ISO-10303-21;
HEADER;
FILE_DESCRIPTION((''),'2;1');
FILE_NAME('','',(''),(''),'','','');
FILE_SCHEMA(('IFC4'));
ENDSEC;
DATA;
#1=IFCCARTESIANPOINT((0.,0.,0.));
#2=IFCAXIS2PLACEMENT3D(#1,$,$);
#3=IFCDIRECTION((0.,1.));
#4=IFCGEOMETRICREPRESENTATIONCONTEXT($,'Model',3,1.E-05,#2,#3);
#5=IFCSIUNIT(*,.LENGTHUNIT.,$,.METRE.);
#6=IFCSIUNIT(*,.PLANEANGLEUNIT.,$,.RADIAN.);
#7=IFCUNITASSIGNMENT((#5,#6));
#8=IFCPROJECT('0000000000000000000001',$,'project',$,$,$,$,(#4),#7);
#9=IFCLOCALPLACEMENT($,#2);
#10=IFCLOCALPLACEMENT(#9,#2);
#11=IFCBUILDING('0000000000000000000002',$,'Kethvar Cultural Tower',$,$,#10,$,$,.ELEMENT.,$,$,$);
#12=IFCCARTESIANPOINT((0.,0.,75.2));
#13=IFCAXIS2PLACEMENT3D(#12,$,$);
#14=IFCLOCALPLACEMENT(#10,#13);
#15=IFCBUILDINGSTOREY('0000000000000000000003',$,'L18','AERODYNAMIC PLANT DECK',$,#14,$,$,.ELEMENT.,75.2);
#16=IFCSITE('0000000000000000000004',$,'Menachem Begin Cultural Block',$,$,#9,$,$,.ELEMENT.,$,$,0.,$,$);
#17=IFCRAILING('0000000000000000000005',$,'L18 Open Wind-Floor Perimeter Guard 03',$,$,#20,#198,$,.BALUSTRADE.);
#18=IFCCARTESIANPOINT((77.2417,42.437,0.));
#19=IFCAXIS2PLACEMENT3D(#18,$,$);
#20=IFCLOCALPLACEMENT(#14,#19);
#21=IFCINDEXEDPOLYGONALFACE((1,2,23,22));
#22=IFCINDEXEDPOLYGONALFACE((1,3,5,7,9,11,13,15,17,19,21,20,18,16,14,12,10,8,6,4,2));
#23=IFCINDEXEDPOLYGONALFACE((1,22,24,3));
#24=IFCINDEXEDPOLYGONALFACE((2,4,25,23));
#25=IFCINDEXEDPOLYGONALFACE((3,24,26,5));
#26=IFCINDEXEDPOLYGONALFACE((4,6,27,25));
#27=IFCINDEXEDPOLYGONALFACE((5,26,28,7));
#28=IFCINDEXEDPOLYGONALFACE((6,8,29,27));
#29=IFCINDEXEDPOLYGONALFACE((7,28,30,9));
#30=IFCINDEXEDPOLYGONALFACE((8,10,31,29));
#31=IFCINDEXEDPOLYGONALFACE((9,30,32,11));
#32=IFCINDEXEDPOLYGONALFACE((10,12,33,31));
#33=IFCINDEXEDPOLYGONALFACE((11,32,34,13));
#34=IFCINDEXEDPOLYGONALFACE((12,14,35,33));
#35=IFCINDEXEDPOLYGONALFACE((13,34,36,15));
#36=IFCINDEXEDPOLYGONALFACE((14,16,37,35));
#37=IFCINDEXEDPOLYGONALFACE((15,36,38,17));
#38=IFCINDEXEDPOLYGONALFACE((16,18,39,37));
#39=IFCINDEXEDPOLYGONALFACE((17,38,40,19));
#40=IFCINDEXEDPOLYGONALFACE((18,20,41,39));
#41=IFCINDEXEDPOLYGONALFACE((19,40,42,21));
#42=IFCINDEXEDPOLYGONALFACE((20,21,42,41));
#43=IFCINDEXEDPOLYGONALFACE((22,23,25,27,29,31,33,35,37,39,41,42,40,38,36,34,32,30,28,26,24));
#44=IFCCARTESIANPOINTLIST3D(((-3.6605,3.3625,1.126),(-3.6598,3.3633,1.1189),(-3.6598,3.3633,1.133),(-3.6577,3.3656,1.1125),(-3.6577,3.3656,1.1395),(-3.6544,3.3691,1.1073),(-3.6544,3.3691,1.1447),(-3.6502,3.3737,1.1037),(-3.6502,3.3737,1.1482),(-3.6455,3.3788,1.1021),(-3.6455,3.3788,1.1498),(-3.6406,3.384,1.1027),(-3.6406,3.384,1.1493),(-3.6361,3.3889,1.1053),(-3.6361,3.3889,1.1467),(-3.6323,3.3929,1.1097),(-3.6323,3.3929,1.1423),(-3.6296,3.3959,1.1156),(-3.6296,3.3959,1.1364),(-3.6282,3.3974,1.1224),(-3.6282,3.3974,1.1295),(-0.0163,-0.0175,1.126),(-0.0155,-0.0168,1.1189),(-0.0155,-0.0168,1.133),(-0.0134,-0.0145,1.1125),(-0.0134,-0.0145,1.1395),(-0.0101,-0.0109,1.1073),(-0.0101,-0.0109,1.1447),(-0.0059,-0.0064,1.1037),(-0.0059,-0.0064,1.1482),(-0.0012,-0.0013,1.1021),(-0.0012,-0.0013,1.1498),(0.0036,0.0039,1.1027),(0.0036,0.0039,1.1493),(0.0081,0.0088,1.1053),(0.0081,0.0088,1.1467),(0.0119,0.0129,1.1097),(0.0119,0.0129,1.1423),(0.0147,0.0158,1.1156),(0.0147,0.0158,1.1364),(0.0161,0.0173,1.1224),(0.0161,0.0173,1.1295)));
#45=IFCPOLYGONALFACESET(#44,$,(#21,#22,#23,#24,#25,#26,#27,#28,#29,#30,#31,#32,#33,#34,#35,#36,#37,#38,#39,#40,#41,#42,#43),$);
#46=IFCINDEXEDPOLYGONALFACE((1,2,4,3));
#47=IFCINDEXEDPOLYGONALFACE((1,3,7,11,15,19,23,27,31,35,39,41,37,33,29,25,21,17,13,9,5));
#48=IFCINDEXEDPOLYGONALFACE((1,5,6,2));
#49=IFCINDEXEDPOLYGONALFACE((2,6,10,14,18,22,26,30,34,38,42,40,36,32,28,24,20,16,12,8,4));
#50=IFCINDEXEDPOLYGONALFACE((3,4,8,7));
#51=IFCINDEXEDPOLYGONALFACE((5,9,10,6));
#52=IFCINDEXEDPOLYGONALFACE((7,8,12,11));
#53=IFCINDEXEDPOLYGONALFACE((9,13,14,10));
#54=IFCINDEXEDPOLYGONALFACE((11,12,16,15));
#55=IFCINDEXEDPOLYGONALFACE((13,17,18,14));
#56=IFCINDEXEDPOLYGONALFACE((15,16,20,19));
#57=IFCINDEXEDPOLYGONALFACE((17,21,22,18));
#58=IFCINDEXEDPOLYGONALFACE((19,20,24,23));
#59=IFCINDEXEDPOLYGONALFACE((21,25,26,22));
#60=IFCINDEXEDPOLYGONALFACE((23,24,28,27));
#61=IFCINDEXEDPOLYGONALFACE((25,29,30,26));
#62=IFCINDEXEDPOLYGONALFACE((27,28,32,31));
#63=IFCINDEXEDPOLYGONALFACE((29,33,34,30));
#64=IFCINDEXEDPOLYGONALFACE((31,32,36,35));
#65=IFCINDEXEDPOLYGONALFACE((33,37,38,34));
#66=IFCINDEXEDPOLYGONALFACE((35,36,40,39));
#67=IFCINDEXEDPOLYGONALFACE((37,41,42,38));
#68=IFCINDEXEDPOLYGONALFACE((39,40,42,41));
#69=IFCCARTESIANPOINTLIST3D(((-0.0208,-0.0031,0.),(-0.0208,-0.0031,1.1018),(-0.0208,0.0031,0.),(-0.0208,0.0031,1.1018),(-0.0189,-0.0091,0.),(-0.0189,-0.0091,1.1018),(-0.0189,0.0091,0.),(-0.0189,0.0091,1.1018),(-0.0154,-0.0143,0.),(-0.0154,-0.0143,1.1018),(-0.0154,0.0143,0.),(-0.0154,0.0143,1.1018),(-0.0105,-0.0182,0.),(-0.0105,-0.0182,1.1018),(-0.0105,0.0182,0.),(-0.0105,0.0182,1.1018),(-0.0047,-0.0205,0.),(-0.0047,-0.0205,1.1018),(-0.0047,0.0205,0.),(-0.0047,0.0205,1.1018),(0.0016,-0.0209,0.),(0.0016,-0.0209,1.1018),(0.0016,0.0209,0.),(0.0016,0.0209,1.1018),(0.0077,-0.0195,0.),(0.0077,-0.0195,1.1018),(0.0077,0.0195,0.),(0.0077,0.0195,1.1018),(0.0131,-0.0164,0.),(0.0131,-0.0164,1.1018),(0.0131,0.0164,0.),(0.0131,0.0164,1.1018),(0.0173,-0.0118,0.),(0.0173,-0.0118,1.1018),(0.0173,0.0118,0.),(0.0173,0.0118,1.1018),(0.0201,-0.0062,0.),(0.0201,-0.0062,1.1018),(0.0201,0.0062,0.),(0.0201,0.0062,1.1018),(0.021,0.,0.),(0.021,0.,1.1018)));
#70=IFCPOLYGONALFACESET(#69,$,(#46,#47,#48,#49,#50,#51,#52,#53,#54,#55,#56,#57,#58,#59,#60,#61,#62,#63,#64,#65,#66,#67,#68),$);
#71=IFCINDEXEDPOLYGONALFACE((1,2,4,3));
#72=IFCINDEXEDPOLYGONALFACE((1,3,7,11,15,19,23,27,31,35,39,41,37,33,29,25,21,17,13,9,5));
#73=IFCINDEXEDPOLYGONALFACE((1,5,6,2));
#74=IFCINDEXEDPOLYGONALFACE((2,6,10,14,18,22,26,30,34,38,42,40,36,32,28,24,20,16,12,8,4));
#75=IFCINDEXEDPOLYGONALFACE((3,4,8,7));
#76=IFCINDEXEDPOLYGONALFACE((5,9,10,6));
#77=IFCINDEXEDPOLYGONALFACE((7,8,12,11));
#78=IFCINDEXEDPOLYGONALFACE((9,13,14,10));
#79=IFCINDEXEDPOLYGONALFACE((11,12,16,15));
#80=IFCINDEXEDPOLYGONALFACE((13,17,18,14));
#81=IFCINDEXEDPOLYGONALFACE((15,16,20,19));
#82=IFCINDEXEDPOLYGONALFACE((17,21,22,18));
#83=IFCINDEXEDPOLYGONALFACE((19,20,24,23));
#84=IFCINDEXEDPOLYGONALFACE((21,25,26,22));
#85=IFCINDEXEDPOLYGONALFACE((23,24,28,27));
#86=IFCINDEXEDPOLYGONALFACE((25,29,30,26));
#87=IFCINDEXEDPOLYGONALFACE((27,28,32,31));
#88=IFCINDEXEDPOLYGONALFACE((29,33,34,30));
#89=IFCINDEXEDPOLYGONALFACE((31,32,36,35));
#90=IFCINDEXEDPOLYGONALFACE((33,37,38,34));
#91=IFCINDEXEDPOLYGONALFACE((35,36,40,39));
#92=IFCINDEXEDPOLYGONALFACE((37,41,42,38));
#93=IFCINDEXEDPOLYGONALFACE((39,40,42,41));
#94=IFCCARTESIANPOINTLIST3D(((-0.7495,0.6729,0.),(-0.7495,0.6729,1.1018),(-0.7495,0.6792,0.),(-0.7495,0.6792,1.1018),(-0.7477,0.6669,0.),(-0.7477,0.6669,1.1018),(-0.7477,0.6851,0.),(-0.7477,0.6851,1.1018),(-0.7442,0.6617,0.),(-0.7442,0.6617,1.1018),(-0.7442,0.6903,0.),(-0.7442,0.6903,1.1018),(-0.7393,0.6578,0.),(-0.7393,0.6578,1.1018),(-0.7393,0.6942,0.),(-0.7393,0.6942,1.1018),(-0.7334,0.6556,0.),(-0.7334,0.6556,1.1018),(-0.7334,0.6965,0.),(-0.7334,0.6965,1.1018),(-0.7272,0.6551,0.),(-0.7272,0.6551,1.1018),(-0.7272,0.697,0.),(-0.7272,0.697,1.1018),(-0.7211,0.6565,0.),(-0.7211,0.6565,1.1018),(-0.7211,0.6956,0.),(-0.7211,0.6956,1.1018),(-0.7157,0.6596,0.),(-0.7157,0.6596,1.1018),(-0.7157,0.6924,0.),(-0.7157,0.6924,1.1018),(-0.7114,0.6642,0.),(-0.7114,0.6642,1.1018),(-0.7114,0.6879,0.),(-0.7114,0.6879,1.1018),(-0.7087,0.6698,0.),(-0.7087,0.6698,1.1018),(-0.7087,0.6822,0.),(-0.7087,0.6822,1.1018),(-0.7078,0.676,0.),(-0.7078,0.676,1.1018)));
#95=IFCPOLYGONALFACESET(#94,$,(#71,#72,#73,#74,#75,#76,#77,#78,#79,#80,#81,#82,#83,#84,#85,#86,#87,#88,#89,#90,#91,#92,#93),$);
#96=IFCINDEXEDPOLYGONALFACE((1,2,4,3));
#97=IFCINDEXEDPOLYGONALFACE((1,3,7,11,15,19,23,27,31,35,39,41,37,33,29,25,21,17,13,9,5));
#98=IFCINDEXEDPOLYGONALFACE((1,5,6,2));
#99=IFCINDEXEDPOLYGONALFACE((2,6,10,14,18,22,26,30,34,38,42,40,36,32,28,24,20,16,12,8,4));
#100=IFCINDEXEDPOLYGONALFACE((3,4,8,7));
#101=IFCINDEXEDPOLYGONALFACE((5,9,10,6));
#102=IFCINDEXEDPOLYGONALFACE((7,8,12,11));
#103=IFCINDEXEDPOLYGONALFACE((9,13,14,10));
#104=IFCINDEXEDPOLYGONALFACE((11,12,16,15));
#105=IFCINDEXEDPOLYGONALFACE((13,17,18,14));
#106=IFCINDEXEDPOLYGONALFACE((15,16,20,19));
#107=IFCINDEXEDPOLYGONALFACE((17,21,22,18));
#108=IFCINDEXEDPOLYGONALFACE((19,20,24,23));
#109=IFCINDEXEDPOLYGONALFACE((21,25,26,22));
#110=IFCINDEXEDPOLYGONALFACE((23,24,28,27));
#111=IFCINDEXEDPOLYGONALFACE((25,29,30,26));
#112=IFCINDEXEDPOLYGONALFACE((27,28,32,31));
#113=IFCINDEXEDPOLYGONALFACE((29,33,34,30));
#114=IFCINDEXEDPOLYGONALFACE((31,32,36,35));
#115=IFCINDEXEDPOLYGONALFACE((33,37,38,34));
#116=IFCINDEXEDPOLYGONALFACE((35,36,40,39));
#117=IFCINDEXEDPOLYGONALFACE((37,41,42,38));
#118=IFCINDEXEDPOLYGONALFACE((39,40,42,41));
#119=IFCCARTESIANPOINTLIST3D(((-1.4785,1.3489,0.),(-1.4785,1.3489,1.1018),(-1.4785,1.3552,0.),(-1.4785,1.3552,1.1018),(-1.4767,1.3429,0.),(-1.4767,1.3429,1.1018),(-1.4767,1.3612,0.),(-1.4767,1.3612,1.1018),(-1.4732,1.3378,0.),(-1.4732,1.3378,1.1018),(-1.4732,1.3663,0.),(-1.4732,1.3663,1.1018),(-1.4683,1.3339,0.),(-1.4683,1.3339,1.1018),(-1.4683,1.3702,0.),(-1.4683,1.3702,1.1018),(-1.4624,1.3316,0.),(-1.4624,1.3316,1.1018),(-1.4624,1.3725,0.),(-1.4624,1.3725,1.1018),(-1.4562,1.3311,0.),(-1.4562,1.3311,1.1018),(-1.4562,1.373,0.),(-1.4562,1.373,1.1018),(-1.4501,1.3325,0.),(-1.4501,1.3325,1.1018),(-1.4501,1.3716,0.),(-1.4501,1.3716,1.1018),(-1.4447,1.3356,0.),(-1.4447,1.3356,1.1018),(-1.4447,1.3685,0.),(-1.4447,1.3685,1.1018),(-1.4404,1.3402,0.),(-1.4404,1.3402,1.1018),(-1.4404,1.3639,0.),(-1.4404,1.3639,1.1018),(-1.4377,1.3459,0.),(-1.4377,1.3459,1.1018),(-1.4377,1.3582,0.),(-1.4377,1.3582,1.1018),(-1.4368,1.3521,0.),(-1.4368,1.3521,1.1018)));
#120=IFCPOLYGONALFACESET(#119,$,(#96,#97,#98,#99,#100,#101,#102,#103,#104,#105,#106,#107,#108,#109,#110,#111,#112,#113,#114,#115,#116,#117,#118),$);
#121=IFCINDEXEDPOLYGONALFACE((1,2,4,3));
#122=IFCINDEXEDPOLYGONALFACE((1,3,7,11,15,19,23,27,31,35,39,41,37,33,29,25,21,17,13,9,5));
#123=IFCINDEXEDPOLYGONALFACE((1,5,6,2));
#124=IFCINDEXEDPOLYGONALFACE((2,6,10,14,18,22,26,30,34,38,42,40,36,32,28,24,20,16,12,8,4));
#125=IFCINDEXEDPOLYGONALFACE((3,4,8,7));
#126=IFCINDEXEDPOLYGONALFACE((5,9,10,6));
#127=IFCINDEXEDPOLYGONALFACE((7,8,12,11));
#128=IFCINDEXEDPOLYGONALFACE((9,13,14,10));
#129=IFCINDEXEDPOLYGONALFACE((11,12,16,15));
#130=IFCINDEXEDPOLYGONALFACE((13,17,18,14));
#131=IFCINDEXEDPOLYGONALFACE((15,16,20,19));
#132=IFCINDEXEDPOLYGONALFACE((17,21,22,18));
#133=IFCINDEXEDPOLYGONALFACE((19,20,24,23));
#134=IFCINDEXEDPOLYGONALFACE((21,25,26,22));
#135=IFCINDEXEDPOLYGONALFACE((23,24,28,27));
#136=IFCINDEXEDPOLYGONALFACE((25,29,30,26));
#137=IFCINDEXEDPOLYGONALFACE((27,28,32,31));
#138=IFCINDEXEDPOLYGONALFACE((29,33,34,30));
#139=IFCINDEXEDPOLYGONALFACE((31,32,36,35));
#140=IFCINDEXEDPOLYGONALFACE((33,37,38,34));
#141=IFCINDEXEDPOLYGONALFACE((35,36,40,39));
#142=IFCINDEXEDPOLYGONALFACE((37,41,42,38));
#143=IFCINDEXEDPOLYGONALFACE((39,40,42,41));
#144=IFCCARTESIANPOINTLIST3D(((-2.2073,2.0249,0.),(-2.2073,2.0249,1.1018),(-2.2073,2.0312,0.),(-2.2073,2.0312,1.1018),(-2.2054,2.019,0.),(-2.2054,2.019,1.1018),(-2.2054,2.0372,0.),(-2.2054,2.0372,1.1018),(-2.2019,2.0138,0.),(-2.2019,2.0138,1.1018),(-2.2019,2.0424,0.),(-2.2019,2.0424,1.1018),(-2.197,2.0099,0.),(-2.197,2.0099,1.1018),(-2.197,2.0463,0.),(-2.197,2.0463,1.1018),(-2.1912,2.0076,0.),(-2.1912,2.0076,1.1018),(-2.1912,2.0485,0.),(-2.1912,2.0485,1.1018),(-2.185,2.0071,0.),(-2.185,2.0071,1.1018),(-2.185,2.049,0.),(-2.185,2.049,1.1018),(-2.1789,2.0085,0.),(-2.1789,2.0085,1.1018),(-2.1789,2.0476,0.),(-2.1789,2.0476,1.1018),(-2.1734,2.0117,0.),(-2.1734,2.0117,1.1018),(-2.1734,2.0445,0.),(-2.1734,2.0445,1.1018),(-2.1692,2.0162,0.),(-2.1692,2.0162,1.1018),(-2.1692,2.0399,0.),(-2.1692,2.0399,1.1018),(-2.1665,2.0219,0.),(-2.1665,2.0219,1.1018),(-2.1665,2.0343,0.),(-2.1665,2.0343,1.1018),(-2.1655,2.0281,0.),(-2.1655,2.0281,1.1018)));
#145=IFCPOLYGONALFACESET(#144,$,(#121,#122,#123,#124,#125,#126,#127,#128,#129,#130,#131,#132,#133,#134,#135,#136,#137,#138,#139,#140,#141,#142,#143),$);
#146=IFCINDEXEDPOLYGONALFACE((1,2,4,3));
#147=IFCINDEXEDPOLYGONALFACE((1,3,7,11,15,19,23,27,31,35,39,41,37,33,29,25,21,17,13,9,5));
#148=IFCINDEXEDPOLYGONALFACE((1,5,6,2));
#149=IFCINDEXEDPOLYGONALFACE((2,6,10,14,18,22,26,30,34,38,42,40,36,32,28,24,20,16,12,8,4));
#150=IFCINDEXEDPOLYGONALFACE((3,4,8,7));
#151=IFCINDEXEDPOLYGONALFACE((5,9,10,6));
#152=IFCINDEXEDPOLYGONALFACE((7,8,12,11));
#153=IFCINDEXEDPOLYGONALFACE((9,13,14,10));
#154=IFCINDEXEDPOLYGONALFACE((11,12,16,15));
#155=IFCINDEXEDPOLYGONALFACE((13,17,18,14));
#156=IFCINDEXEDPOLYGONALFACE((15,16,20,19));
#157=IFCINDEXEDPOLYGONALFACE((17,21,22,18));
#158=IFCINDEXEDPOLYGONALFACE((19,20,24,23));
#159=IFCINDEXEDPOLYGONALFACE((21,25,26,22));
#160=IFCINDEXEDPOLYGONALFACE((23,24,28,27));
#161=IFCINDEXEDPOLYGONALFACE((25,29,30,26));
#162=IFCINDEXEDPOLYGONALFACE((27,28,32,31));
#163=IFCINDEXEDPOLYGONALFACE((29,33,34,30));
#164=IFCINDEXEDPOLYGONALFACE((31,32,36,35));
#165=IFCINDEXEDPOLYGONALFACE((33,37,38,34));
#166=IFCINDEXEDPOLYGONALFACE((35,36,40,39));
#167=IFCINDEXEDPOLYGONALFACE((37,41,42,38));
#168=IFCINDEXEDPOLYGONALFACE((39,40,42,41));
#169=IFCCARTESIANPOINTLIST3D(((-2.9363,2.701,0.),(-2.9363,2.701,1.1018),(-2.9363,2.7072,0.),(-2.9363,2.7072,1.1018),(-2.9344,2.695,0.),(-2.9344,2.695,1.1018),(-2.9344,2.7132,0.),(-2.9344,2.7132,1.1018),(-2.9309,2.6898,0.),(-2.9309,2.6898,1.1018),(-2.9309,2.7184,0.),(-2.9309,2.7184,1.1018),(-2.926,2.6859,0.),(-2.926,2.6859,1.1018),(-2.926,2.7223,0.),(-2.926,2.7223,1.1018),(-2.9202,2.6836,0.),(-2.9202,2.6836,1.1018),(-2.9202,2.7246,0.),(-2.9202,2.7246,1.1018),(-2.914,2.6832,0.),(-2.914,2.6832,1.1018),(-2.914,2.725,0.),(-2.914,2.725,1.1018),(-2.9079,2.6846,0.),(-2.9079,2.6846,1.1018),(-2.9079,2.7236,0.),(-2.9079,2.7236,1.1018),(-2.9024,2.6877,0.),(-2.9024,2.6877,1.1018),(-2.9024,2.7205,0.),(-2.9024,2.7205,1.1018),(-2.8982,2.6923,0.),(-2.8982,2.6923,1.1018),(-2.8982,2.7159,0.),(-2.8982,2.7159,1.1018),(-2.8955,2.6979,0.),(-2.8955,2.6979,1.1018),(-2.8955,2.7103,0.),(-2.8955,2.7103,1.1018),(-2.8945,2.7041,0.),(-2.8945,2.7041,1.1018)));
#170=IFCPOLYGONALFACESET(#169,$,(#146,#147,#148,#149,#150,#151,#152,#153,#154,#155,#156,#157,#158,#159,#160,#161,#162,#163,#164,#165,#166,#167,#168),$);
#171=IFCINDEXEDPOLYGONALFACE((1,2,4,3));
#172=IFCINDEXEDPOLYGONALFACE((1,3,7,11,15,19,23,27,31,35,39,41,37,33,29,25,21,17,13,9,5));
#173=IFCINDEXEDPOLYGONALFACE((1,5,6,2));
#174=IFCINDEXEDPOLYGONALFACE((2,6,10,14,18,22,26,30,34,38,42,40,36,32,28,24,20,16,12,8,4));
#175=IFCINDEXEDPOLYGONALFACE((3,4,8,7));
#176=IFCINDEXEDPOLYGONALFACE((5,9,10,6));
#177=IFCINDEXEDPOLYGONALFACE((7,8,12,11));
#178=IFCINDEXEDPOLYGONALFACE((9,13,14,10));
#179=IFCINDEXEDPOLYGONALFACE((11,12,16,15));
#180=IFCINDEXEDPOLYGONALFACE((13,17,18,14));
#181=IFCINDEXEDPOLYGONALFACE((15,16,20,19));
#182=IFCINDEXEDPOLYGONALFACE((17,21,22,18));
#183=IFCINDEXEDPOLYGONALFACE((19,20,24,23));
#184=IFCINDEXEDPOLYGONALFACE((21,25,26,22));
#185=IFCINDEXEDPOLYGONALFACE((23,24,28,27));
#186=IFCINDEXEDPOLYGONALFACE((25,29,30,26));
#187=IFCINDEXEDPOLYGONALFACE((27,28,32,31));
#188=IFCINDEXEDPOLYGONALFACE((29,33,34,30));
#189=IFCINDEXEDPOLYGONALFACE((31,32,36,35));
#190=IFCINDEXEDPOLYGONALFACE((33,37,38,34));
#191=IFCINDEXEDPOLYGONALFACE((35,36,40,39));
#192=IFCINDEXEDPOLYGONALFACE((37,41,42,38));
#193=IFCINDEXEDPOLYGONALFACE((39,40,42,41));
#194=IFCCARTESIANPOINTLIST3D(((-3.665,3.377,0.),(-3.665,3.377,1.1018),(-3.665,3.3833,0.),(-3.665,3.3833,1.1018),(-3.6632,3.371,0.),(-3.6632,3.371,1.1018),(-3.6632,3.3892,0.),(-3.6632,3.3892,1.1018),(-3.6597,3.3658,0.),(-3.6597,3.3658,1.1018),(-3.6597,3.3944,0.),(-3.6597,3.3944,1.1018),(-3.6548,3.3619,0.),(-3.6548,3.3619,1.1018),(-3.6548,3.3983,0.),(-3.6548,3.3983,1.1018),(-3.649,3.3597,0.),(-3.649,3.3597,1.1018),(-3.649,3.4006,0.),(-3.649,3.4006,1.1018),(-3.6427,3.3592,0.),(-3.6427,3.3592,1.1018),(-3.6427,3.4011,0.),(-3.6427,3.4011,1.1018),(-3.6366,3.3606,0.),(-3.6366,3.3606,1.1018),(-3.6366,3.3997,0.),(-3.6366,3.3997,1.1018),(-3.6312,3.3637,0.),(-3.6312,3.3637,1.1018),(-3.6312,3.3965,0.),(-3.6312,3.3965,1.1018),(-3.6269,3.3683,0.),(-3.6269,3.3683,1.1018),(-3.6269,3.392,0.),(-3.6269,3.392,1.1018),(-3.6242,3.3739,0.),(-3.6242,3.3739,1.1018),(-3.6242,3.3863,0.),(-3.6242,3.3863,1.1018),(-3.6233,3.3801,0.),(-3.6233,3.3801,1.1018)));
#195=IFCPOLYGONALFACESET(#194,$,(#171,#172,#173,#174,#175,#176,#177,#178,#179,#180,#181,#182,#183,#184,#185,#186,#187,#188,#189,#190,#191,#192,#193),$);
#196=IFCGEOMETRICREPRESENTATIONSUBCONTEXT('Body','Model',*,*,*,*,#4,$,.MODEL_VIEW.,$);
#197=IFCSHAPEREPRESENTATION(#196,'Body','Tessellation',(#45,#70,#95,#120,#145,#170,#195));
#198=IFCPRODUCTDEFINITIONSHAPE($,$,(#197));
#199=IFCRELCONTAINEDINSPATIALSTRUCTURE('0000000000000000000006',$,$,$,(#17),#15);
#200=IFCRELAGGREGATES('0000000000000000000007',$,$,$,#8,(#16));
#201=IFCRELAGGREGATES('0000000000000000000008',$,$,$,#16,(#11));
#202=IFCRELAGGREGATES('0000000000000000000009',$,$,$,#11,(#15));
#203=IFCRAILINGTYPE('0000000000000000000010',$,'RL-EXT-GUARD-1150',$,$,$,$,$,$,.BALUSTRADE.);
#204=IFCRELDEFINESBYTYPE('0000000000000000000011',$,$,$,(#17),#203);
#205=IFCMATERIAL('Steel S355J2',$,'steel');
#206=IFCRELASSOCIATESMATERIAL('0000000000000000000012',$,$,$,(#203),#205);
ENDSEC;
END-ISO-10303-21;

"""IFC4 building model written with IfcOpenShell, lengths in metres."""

from ifc_helpers import new_model, si_unit, direction, frame, origin, origin_2d, place, context, subcontext, project, spatial, circle, extrude, material, type_object, element, save


model = new_model("IFC4")

# Units and contexts
model_context = context("Model", 3, precision=1e-05, world=origin(), true_north=direction((0.0, 1.0)))
body_context = subcontext(model_context, "Body", "Model", "MODEL_VIEW")
ifc_project = project(units=[si_unit("LENGTHUNIT", "METRE"), si_unit("PLANEANGLEUNIT", "RADIAN")], contexts=[model_context])

# Site, building, storey
site_placement = place(None, origin())
site = spatial("IfcSite", under=ifc_project, at=site_placement, Name="Menachem Begin Cultural Block", CompositionType="ELEMENT", RefElevation=0.0)
building_placement = place(site_placement, origin())
building = spatial("IfcBuilding", under=site, at=building_placement, Name="Kethvar Cultural Tower", CompositionType="ELEMENT")
storey_placement = place(building_placement, frame((0.0, 0.0, 75.2)))
storey = spatial("IfcBuildingStorey", under=building, at=storey_placement, Name="L18", Description="AERODYNAMIC PLANT DECK", CompositionType="ELEMENT", Elevation=75.2)

# Shared definitions
ifc_material_1 = material(Name="Steel S355J2", Category="steel")

# Railing
railing_type = type_object("IfcRailingType", Name="RL-EXT-GUARD-1150", PredefinedType="BALUSTRADE", material=ifc_material_1)
railing_1_placement = place(storey_placement, frame((77.2417, 42.437, 0.0)))
element("IfcRailing", 1, at=railing_1_placement, inside=storey, type_object=railing_type, Name="L18 Open Wind-Floor Perimeter Guard 03", PredefinedType="BALUSTRADE", context=body_context, shape_type="SweptSolid", body=[
    extrude(circle(Radius=0.0239, at=origin_2d()), frame((0.0, 0.0, 1.126), z_axis=(-0.73318, 0.680035, 0.0), x_axis=(-0.680035, -0.73318, 0.0)), (0.0, 0.0, 1.0), 4.9705),
    extrude(circle(Radius=0.021, at=origin_2d()), origin(), (0.0, 0.0, 1.0), 1.1018),
    extrude(circle(Radius=0.021, at=origin_2d()), frame((-0.7288, 0.676, 0.0)), (0.0, 0.0, 1.0), 1.1018),
    extrude(circle(Radius=0.021, at=origin_2d()), frame((-1.4578, 1.3521, 0.0)), (0.0, 0.0, 1.0), 1.1018),
    extrude(circle(Radius=0.021, at=origin_2d()), frame((-2.1865, 2.0281, 0.0)), (0.0, 0.0, 1.0), 1.1018),
    extrude(circle(Radius=0.021, at=origin_2d()), frame((-2.9155, 2.7041, 0.0)), (0.0, 0.0, 1.0), 1.1018),
    extrude(circle(Radius=0.021, at=origin_2d()), frame((-3.6443, 3.3801, 0.0)), (0.0, 0.0, 1.0), 1.1018),
])

save(model, "model.ifc")
